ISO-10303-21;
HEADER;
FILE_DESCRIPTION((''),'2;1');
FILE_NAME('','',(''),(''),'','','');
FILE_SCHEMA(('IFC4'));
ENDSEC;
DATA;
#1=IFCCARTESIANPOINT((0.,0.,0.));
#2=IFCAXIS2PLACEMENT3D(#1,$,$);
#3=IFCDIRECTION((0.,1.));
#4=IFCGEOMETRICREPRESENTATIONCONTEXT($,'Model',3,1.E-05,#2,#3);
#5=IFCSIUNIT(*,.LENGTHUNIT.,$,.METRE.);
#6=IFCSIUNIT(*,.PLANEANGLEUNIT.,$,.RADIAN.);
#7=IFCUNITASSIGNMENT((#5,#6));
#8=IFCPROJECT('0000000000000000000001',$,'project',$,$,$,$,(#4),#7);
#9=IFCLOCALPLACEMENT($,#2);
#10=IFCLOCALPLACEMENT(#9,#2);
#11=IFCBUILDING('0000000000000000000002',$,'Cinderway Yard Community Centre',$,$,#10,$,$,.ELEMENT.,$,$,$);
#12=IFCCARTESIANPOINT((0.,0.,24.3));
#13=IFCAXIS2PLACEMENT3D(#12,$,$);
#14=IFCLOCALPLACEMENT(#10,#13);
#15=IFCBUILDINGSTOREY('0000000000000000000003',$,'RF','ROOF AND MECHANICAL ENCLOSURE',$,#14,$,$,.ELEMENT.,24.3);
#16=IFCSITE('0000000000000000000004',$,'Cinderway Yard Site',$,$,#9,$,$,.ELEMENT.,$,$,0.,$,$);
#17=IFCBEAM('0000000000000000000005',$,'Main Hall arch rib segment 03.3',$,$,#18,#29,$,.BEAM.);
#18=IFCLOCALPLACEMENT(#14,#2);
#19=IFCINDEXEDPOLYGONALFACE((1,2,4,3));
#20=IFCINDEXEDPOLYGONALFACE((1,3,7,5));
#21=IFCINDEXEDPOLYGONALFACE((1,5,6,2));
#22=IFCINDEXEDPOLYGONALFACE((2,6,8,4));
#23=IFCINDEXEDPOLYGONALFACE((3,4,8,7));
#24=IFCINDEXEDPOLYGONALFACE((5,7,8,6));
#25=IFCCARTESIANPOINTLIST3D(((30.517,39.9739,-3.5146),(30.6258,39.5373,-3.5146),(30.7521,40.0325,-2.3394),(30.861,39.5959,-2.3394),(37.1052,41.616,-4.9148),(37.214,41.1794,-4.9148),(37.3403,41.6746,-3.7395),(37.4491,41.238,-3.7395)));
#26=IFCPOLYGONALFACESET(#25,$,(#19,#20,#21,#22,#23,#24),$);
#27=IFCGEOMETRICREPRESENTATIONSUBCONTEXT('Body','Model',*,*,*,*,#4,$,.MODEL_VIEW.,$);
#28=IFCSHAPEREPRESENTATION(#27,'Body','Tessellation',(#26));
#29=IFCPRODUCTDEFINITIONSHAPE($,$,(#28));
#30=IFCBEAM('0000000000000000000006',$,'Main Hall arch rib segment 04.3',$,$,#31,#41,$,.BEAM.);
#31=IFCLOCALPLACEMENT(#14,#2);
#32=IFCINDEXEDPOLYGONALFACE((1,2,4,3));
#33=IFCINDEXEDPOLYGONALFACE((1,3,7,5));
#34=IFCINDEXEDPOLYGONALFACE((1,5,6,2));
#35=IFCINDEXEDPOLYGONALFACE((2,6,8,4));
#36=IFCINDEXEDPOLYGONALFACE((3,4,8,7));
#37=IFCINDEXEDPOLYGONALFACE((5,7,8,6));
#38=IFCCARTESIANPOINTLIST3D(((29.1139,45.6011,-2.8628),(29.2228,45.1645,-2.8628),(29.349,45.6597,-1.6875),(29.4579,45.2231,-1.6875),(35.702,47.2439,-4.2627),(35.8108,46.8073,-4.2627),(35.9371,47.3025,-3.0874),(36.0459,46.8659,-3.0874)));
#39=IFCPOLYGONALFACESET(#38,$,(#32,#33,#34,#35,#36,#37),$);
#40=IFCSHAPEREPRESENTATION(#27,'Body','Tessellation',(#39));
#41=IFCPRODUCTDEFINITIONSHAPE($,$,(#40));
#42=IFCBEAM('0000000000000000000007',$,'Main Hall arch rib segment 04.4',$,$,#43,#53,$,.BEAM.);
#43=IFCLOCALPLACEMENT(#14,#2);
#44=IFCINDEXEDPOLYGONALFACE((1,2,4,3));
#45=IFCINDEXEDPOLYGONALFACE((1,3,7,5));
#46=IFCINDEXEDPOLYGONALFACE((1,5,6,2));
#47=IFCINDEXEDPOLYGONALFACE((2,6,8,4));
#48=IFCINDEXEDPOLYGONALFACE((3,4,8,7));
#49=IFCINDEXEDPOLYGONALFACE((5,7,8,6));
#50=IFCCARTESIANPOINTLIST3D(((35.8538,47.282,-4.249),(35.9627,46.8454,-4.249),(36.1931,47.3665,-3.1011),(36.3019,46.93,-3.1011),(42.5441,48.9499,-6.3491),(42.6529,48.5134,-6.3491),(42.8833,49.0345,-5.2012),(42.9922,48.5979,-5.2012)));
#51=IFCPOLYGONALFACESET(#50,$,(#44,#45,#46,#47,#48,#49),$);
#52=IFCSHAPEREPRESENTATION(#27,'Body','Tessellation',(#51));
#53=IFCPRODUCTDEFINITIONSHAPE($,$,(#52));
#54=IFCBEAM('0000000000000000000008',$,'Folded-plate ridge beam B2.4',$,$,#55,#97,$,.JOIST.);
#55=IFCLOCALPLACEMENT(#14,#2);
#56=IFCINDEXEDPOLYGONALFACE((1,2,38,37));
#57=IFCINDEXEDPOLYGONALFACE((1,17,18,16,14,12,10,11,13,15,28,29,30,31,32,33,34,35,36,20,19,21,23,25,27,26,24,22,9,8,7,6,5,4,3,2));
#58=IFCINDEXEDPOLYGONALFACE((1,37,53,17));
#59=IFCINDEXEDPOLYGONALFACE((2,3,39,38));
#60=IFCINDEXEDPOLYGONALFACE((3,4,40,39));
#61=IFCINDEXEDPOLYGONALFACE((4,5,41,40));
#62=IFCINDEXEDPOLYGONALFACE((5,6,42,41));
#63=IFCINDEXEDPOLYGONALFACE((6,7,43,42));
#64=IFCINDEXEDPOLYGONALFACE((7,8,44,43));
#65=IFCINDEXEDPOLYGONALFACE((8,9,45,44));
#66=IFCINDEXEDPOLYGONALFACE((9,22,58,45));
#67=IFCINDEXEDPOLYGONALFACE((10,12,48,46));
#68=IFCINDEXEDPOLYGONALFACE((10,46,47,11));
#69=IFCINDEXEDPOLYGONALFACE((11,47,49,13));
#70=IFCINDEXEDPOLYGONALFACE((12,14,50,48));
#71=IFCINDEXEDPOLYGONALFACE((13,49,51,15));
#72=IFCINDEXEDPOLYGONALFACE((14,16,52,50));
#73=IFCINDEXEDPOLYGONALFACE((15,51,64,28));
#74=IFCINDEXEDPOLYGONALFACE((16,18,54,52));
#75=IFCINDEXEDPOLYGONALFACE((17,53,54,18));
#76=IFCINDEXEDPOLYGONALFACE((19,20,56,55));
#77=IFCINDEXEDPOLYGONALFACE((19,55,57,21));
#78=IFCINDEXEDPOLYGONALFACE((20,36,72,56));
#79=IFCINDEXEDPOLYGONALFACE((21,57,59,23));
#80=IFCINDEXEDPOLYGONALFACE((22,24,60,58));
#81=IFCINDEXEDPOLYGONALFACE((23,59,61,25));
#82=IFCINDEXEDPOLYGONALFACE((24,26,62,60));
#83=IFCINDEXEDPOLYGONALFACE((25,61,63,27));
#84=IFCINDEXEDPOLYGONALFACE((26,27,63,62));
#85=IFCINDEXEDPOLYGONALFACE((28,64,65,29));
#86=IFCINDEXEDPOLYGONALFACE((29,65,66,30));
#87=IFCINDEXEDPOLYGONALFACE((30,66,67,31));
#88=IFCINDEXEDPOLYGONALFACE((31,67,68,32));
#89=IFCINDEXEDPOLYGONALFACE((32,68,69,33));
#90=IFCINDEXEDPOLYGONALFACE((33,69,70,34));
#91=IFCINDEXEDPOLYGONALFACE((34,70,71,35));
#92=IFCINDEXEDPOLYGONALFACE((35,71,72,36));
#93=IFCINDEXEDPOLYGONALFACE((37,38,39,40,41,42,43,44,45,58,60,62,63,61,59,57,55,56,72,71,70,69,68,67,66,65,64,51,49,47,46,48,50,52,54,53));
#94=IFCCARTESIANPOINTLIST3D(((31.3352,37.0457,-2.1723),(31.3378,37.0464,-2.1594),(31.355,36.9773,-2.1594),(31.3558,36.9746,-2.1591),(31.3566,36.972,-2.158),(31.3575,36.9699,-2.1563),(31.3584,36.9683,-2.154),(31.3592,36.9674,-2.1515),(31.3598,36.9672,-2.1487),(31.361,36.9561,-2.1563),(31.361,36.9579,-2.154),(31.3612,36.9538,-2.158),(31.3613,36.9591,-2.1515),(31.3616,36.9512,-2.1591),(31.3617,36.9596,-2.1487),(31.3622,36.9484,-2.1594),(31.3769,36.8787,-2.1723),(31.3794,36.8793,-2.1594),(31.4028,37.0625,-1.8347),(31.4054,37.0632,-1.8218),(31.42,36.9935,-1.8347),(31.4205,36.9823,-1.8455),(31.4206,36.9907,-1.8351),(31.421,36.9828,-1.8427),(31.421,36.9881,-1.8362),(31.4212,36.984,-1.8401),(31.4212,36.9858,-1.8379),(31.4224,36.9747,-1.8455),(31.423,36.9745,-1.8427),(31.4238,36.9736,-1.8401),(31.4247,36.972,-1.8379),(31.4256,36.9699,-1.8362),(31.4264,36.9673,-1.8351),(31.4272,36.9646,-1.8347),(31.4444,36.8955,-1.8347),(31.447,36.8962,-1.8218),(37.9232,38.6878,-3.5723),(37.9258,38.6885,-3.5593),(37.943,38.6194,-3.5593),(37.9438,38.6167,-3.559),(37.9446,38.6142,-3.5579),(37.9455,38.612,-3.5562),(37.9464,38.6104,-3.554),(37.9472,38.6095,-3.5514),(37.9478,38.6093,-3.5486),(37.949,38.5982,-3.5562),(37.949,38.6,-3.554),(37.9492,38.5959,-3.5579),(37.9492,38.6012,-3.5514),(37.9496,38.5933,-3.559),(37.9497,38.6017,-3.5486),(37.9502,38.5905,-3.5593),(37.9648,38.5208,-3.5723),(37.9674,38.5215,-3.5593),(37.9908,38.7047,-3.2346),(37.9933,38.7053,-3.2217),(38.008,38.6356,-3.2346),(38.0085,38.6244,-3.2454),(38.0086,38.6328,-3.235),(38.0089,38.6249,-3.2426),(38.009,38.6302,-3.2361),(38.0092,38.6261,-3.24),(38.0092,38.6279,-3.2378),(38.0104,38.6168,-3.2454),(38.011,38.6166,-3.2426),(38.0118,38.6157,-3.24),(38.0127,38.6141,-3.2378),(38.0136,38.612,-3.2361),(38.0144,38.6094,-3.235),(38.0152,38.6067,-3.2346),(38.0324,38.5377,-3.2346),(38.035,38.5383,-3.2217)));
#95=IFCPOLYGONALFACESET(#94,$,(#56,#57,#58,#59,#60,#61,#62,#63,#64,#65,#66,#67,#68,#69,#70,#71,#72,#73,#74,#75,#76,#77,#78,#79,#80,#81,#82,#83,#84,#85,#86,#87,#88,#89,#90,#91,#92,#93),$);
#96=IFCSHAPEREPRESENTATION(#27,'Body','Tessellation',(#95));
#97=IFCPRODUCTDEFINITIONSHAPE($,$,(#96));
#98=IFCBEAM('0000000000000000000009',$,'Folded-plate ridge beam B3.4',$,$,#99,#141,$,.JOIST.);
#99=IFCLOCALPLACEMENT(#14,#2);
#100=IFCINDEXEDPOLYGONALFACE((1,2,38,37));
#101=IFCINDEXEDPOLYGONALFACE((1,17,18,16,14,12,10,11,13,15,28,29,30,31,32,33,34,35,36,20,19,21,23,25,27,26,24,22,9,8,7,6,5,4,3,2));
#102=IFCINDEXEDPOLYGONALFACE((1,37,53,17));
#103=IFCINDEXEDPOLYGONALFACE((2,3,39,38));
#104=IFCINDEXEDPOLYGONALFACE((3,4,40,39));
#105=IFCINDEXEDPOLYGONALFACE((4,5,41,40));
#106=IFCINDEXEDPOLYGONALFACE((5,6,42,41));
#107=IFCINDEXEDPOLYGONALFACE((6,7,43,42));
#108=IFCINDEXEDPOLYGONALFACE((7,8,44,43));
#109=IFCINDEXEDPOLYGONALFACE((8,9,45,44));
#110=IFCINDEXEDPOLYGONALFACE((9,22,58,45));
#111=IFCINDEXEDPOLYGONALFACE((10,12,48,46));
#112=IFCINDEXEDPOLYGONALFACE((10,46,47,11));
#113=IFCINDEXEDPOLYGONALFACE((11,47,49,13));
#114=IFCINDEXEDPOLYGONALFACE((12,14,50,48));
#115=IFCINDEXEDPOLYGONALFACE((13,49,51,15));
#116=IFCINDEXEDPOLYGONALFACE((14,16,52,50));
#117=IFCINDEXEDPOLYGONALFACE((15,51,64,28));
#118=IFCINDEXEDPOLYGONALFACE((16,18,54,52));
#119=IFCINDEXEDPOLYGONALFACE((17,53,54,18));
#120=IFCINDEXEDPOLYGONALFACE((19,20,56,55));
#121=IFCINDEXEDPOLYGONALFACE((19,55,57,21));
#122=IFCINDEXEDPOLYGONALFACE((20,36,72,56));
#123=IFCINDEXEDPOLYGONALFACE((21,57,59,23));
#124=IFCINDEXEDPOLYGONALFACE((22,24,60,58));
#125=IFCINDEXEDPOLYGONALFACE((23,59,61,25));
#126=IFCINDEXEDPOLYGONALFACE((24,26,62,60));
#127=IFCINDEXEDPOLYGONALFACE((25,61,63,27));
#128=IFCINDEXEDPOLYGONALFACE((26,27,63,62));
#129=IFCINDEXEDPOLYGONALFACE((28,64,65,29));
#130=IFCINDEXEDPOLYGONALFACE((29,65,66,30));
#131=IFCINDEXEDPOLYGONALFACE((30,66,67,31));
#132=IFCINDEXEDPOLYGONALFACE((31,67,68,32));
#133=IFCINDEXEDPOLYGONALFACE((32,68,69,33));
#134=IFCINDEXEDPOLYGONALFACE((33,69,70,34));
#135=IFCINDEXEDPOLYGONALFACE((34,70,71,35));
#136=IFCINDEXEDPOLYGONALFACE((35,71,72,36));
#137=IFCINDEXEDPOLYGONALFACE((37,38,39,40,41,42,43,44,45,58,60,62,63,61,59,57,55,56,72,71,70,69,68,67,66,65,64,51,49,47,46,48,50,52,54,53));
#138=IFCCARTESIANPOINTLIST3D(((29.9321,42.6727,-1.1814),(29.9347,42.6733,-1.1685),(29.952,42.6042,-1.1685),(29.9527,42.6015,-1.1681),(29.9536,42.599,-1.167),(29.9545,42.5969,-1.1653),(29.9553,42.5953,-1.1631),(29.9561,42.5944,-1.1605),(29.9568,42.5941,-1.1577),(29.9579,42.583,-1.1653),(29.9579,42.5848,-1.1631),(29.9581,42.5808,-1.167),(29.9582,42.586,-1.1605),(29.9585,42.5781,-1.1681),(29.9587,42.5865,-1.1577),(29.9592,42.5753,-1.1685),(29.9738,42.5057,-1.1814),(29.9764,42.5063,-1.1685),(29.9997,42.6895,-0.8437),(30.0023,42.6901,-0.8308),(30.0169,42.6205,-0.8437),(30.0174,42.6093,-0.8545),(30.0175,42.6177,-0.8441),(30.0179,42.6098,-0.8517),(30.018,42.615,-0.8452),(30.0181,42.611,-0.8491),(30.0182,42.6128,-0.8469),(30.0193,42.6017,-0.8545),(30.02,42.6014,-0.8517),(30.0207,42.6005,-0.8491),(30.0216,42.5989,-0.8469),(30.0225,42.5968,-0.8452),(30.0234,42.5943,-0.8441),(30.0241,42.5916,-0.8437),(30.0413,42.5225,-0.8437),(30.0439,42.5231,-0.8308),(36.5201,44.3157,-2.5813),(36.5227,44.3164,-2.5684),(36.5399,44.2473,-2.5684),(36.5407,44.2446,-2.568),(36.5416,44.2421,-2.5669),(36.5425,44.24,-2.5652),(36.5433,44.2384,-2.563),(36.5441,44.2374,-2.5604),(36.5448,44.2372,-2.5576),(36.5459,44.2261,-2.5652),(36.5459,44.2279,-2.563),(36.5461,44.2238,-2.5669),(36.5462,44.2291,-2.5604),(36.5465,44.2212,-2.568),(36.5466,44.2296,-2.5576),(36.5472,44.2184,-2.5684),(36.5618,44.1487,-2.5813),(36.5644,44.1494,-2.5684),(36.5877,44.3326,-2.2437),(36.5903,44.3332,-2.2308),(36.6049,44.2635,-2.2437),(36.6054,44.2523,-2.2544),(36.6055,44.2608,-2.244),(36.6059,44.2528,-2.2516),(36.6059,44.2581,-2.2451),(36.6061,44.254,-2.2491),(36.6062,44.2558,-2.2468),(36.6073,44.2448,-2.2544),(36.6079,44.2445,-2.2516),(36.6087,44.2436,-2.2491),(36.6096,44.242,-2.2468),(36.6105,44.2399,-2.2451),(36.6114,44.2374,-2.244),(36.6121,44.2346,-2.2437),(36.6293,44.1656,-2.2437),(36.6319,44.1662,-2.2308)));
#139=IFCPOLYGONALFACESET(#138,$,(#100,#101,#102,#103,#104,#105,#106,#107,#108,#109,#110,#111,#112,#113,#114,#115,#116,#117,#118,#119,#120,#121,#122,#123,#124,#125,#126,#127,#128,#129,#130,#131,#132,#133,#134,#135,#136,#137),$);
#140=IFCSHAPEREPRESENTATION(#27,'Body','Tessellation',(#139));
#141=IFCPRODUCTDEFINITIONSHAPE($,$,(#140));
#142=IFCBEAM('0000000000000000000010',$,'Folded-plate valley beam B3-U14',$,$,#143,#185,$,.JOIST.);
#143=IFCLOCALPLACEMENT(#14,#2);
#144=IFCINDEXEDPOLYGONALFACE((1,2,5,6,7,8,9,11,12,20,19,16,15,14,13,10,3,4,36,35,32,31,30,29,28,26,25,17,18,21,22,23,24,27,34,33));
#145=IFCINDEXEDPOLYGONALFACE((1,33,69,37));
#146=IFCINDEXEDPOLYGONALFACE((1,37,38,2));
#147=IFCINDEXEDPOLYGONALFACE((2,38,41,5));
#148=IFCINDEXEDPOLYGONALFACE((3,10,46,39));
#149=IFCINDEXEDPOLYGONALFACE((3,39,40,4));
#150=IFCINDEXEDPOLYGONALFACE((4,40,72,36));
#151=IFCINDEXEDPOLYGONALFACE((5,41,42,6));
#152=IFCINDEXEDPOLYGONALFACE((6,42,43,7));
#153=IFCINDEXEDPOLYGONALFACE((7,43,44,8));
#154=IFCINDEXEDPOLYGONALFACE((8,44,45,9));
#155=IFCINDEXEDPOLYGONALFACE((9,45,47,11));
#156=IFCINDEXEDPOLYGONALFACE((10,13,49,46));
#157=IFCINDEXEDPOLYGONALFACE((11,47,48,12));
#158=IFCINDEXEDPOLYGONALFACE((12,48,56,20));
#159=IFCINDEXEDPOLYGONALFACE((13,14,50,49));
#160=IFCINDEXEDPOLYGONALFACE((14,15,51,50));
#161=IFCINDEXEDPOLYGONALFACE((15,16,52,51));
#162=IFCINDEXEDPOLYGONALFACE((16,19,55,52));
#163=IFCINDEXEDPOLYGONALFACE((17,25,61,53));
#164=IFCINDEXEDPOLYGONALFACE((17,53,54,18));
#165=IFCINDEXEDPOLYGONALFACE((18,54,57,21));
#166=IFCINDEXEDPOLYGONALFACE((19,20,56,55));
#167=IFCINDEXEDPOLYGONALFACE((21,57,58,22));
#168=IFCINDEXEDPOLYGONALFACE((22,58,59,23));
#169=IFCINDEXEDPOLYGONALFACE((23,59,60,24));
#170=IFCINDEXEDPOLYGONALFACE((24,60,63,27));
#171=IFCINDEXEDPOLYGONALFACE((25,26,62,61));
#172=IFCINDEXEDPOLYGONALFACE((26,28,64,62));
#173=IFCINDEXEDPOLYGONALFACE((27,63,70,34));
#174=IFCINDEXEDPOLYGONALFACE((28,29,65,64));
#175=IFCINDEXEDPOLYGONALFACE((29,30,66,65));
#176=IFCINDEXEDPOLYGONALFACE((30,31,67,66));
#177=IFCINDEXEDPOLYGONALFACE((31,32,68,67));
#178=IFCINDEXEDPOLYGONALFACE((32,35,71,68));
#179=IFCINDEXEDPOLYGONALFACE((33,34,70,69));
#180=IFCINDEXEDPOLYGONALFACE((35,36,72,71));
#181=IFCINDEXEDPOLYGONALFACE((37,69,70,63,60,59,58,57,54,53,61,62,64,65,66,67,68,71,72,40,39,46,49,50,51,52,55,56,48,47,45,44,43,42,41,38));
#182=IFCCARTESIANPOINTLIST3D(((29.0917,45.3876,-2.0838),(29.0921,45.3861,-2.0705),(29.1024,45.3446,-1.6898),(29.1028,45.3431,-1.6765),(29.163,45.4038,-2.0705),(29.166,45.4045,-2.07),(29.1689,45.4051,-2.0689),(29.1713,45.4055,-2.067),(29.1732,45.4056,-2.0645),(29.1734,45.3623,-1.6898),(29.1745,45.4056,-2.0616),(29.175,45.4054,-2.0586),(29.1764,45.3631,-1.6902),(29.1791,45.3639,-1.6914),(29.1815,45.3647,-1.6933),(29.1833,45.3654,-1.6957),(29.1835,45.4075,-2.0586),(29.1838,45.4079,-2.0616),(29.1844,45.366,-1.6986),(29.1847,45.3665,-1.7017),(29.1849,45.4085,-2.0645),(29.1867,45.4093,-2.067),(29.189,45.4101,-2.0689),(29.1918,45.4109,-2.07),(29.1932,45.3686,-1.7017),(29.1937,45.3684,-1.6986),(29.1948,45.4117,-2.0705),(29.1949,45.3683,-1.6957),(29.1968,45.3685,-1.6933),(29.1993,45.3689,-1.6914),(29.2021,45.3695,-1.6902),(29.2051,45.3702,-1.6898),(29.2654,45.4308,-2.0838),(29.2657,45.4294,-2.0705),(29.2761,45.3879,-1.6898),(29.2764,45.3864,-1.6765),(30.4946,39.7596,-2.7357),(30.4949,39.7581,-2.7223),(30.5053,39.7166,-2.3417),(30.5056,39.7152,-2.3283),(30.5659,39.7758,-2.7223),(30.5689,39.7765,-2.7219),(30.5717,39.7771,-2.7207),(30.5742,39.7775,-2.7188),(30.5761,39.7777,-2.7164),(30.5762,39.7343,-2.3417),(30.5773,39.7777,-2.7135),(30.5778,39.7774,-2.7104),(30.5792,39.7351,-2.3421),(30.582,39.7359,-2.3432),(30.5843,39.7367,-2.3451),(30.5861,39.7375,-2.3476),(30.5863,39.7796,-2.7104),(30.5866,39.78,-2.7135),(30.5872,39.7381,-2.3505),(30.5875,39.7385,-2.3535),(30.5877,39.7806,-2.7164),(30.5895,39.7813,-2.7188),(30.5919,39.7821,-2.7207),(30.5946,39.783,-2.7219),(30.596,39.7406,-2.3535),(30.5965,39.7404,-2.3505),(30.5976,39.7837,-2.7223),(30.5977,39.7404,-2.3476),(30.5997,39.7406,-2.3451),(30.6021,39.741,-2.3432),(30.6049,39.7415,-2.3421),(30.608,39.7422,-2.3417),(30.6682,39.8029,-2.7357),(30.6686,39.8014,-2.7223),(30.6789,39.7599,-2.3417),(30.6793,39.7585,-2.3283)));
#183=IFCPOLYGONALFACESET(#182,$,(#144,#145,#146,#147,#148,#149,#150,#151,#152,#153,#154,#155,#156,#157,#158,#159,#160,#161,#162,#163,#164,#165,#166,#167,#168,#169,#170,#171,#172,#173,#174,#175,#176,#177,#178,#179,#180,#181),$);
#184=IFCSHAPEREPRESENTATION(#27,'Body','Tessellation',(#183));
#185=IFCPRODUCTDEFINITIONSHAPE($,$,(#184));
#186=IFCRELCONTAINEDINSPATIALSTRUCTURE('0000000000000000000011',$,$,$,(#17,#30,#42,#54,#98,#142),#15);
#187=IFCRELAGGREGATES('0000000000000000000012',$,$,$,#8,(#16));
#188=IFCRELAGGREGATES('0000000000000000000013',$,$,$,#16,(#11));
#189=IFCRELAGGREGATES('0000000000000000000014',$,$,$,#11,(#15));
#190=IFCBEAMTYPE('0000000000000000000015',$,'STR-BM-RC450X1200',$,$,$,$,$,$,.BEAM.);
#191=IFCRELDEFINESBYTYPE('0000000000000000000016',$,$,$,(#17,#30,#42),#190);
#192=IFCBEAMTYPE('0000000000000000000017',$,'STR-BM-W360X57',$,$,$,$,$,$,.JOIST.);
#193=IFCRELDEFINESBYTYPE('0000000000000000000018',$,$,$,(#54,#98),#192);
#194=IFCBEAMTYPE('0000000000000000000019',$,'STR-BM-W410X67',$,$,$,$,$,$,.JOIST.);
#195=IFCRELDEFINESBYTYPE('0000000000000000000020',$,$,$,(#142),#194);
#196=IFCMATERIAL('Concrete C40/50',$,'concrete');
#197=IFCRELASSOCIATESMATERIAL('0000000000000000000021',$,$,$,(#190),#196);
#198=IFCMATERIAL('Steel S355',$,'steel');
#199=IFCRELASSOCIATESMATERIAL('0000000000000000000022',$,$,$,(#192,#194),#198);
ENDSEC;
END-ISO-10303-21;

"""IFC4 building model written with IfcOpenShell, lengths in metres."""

from ifc_helpers import new_model, si_unit, direction, frame, origin, origin_2d, place, context, subcontext, project, spatial, rectangle, i_section, extrude, material, material_profile, profile_set, type_object, element, save


model = new_model("IFC4")

# Units and contexts
model_context = context("Model", 3, precision=1e-05, world=origin(), true_north=direction((0.0, 1.0)))
body_context = subcontext(model_context, "Body", "Model", "MODEL_VIEW")
ifc_project = project(units=[si_unit("LENGTHUNIT", "METRE"), si_unit("PLANEANGLEUNIT", "RADIAN")], contexts=[model_context])

# Site, building, storey
site_placement = place(None, origin())
site = spatial("IfcSite", under=ifc_project, at=site_placement, Name="Cinderway Yard Site", CompositionType="ELEMENT", RefElevation=0.0)
building_placement = place(site_placement, origin())
building = spatial("IfcBuilding", under=site, at=building_placement, Name="Cinderway Yard Community Centre", CompositionType="ELEMENT")
storey_placement = place(building_placement, frame((0.0, 0.0, 24.3)))
storey = spatial("IfcBuildingStorey", under=building, at=storey_placement, Name="RF", Description="ROOF AND MECHANICAL ENCLOSURE", CompositionType="ELEMENT", Elevation=24.3)

# Beams
ifc_material_1 = material(Name="Concrete C40/50", Category="concrete")
ifc_material_profile_1 = material_profile(ifc_material_1, rectangle(XDim=0.45, YDim=1.2, at=origin_2d()), Name="Concrete C40/50")
ifc_profile_set_1 = profile_set([ifc_material_profile_1], Name="Concrete C40/50")
beam_type_1 = type_object("IfcBeamType", Name="STR-BM-RC450X1200", PredefinedType="BEAM", material=ifc_profile_set_1)
for number, where, z_axis, x_axis, name in (
    (1, (30.689, 39.7849, -2.927), (0.950318, 0.236866, -0.201967), (-0.24185, 0.970314, 0.0), "Main Hall arch rib segment 03.3"),
    (2, (29.2859, 45.4121, -2.2751), (0.950301, 0.236968, -0.201928), (-0.241952, 0.970288, 0.0), "Main Hall arch rib segment 04.3"),
):
    element("IfcBeam", number, at=place(storey_placement, frame(where, z_axis=z_axis, x_axis=x_axis)), inside=storey, type_object=beam_type_1, Name=name, PredefinedType="BEAM", context=body_context, shape_type="SweptSolid", body=[
        extrude(rectangle(XDim=0.45, YDim=1.2, at=origin_2d()), origin(), (0.0, 0.0, 1.0), 6.9326),
    ])
beam_1_placement = place(storey_placement, frame((36.0779, 47.106, -3.675), z_axis=(0.928198, 0.231414, -0.291368), x_axis=(-0.241911, 0.970299, 0.0)))
element("IfcBeam", 3, at=beam_1_placement, inside=storey, type_object=beam_type_1, Name="Main Hall arch rib segment 04.4", PredefinedType="BEAM", context=body_context, shape_type="SweptSolid", body=[
    extrude(rectangle(XDim=0.45, YDim=1.2, at=origin_2d()), origin(), (0.0, 0.0, 1.0), 7.2078),
])
ifc_material_2 = material(Name="Steel S355", Category="steel")
ifc_material_profile_2 = material_profile(ifc_material_2, i_section(OverallWidth=0.1721, OverallDepth=0.3579, WebThickness=0.0078, FlangeThickness=0.0132, FilletRadius=0.011, at=origin_2d()), Name="Steel S355")
ifc_profile_set_2 = profile_set([ifc_material_profile_2], Name="Steel S355")
beam_type_2 = type_object("IfcBeamType", Name="STR-BM-W360X57", PredefinedType="JOIST", material=ifc_profile_set_2)
beam_2_placement = place(storey_placement, frame((31.3911, 36.9709, -1.9971), z_axis=(0.950321, 0.236876, -0.20194), x_axis=(-0.241859, 0.970311, 0.0)))
element("IfcBeam", 4, at=beam_2_placement, inside=storey, type_object=beam_type_2, Name="Folded-plate ridge beam B2.4", PredefinedType="JOIST", context=body_context, shape_type="SweptSolid", body=[
    extrude(i_section(OverallWidth=0.1721, OverallDepth=0.3579, WebThickness=0.0078, FlangeThickness=0.0132, FilletRadius=0.011, at=origin_2d()), origin(), (0.0, 0.0, 1.0), 6.9324),
])
beam_3_placement = place(storey_placement, frame((29.988, 42.5979, -1.0061), z_axis=(0.950289, 0.237009, -0.201933), x_axis=(-0.241994, 0.970278, 0.0)))
element("IfcBeam", 5, at=beam_3_placement, inside=storey, type_object=beam_type_2, Name="Folded-plate ridge beam B3.4", PredefinedType="JOIST", context=body_context, shape_type="SweptSolid", body=[
    extrude(i_section(OverallWidth=0.1721, OverallDepth=0.3579, WebThickness=0.0078, FlangeThickness=0.0132, FilletRadius=0.011, at=origin_2d()), origin(), (0.0, 0.0, 1.0), 6.9326),
])
ifc_material_profile_3 = material_profile(ifc_material_2, i_section(OverallWidth=0.179, OverallDepth=0.4099, WebThickness=0.0088, FlangeThickness=0.0134, FilletRadius=0.012, at=origin_2d()), Name="Steel S355")
ifc_profile_set_3 = profile_set([ifc_material_profile_3], Name="Steel S355")
beam_type_3 = type_object("IfcBeamType", Name="STR-BM-W410X67", PredefinedType="JOIST", material=ifc_profile_set_3)
beam_4_placement = place(storey_placement, frame((30.5869, 39.759, -2.532), z_axis=(-0.240349, 0.96424, 0.111683), x_axis=(-0.970311, -0.241862, 0.0)))
element("IfcBeam", 6, at=beam_4_placement, inside=storey, type_object=beam_type_3, Name="Folded-plate valley beam B3-U14", PredefinedType="JOIST", context=body_context, shape_type="SweptSolid", body=[
    extrude(i_section(OverallWidth=0.179, OverallDepth=0.4099, WebThickness=0.0088, FlangeThickness=0.0134, FilletRadius=0.012, at=origin_2d()), origin(), (0.0, 0.0, 1.0), 5.8367),
])

save(model, "model.ifc")
